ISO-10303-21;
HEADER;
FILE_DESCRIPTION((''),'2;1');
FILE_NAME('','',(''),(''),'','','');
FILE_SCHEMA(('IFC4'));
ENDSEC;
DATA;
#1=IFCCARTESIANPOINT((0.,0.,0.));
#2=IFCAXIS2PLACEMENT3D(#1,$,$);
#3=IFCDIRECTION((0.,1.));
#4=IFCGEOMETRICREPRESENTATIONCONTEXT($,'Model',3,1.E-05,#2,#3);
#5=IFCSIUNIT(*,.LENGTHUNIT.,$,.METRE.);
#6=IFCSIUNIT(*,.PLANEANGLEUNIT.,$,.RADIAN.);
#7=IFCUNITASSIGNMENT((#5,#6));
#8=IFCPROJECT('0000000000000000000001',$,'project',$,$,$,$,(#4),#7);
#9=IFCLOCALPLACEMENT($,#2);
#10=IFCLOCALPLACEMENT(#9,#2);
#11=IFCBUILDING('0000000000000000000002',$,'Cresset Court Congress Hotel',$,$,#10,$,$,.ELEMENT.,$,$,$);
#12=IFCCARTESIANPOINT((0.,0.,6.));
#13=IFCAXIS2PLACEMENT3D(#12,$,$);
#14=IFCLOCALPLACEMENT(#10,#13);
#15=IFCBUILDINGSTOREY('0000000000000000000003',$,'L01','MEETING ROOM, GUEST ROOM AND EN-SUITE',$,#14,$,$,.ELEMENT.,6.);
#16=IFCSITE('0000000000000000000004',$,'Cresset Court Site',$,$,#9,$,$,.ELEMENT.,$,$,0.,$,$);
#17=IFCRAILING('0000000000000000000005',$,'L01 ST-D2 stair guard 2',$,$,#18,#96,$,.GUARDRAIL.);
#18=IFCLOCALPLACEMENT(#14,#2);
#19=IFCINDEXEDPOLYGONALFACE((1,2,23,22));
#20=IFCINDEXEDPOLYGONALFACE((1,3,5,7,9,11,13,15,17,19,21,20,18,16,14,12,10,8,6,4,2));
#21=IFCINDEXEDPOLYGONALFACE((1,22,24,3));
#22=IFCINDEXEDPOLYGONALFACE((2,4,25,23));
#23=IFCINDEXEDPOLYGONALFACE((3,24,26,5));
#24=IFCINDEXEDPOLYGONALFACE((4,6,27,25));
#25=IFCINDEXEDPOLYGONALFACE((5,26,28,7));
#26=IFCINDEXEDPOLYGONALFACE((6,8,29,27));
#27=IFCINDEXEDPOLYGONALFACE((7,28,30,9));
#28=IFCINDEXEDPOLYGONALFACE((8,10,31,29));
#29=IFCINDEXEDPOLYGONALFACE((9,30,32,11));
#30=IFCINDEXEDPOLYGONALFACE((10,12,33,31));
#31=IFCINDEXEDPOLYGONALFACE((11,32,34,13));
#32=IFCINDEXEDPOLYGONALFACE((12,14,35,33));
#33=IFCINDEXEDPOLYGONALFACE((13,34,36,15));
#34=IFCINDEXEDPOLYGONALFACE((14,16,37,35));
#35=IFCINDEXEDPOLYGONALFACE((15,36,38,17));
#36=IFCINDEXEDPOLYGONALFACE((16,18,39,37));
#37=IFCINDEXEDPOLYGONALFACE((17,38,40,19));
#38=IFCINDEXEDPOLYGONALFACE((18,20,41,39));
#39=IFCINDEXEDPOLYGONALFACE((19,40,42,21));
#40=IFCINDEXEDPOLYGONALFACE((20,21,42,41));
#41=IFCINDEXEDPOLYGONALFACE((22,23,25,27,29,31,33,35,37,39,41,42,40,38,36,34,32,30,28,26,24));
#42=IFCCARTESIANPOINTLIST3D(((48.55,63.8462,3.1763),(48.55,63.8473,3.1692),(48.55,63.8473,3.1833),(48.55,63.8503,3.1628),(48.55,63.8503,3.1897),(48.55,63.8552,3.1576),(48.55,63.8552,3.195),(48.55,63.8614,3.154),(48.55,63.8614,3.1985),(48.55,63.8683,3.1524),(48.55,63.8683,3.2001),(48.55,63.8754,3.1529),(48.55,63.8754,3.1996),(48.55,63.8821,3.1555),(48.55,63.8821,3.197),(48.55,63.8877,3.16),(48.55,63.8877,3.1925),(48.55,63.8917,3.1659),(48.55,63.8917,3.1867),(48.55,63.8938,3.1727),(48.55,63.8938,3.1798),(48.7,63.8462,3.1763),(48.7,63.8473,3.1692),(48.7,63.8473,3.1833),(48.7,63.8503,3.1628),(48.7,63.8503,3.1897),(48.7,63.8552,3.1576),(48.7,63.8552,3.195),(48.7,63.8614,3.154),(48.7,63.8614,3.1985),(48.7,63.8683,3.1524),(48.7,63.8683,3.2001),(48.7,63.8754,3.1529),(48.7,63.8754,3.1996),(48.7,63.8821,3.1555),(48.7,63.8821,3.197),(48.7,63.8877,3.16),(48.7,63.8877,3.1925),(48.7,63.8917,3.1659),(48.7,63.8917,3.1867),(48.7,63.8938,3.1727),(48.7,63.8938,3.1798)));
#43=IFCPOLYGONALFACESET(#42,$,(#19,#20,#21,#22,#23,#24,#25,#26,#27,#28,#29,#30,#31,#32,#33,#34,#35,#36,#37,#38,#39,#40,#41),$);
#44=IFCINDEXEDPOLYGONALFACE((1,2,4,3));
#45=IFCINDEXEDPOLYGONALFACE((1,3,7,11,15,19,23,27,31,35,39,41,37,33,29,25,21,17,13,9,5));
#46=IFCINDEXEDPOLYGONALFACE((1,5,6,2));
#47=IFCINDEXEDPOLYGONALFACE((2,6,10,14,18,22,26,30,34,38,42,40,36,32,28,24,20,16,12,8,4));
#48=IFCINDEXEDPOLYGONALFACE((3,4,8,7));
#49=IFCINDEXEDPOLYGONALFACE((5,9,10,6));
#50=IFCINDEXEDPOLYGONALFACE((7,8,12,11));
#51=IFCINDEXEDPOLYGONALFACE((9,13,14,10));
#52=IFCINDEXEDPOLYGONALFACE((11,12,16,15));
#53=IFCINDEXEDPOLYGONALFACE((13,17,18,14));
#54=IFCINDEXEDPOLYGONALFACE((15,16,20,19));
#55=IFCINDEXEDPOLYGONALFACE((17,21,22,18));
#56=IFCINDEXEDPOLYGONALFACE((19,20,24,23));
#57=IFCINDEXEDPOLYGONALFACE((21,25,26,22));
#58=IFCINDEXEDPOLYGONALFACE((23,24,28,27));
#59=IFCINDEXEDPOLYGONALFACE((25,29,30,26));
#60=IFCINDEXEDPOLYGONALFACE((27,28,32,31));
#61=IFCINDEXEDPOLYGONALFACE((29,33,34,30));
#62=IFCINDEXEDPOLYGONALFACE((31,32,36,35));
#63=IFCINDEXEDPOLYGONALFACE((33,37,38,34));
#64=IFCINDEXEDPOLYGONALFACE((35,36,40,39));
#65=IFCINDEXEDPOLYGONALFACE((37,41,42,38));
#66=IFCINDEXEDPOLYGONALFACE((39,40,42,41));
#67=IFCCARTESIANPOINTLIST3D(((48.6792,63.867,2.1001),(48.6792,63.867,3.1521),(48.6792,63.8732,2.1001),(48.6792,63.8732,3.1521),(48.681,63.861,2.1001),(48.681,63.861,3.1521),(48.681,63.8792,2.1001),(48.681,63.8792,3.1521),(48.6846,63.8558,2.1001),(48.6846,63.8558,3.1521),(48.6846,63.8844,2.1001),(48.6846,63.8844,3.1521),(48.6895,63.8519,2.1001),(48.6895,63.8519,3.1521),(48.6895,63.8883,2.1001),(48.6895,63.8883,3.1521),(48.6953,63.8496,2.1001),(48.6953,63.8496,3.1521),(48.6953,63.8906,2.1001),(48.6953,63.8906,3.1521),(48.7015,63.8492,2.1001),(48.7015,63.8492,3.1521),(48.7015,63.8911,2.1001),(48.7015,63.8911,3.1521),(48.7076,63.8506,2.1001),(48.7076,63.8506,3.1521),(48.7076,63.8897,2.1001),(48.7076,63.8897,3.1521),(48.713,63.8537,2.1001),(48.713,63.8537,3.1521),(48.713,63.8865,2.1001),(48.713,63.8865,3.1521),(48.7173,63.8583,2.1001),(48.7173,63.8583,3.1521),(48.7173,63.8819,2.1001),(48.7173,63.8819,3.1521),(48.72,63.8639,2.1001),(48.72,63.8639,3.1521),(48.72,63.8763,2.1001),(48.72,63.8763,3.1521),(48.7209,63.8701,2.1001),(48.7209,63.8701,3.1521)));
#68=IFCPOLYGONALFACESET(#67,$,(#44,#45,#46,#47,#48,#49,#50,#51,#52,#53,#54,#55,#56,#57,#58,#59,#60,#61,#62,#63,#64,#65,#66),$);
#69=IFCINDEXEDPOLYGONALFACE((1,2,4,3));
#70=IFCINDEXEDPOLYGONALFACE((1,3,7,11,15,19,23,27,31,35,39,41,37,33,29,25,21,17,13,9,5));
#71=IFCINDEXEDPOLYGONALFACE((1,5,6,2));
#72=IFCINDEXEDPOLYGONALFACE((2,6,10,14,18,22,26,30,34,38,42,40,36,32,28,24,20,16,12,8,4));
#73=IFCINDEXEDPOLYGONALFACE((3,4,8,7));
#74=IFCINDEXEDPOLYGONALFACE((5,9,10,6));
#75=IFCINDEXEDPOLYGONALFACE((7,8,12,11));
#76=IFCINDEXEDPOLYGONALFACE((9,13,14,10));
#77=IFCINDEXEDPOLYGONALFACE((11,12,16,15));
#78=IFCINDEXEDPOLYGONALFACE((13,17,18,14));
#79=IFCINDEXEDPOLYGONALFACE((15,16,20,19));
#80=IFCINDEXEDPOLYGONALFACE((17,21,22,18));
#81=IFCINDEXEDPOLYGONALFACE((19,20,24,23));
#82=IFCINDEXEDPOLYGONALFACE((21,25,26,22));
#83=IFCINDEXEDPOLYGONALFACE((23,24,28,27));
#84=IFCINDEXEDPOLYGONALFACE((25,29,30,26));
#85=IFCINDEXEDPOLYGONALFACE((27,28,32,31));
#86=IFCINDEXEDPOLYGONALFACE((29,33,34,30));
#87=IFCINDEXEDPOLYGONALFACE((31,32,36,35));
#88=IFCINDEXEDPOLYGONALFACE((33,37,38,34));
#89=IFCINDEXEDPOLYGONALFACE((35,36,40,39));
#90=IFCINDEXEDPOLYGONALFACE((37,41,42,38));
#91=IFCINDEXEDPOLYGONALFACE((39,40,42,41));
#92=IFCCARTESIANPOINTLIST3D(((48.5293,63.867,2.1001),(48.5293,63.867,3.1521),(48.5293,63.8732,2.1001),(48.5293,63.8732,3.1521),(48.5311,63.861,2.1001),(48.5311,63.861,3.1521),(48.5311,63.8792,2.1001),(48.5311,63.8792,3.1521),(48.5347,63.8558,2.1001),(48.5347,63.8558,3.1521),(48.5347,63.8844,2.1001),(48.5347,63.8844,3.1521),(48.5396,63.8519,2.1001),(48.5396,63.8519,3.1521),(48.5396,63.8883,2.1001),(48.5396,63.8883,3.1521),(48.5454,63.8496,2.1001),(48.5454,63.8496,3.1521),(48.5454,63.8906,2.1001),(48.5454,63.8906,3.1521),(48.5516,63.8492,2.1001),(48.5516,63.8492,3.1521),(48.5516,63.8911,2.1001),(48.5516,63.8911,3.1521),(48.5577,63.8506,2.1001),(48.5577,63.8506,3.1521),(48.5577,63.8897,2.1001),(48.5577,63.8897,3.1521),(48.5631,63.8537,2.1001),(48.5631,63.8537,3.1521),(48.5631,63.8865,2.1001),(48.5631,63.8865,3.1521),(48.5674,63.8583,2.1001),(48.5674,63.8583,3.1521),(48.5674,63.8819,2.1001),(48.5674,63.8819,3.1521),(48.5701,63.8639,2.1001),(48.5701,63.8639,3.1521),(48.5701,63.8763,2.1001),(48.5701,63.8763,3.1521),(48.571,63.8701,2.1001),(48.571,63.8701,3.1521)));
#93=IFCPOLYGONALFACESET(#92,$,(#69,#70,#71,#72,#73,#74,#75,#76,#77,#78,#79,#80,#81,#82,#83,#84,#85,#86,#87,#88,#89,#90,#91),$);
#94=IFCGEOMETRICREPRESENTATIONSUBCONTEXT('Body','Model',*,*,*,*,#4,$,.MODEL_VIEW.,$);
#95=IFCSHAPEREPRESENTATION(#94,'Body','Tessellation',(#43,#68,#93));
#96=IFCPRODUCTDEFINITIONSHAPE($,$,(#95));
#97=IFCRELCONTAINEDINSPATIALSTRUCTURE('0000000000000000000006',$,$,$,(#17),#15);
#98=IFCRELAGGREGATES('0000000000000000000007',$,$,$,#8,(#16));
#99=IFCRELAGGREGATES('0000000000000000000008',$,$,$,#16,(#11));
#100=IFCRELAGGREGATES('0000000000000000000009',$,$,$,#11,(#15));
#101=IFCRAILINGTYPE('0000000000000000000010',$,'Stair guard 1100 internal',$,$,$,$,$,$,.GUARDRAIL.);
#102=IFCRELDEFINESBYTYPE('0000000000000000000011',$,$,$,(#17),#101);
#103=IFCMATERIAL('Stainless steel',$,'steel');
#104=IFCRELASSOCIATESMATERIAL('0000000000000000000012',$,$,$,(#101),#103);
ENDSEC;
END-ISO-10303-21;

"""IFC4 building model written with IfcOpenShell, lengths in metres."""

from ifc_helpers import new_model, si_unit, direction, frame, origin, origin_2d, place, context, subcontext, project, spatial, circle, extrude, material, type_object, element, save


model = new_model("IFC4")

# Units and contexts
model_context = context("Model", 3, precision=1e-05, world=origin(), true_north=direction((0.0, 1.0)))
body_context = subcontext(model_context, "Body", "Model", "MODEL_VIEW")
ifc_project = project(units=[si_unit("LENGTHUNIT", "METRE"), si_unit("PLANEANGLEUNIT", "RADIAN")], contexts=[model_context])

# Site, building, storey
site_placement = place(None, origin())
site = spatial("IfcSite", under=ifc_project, at=site_placement, Name="Cresset Court Site", CompositionType="ELEMENT", RefElevation=0.0)
building_placement = place(site_placement, origin())
building = spatial("IfcBuilding", under=site, at=building_placement, Name="Cresset Court Congress Hotel", CompositionType="ELEMENT")
storey_placement = place(building_placement, frame((0.0, 0.0, 6.0)))
storey = spatial("IfcBuildingStorey", under=building, at=storey_placement, Name="L01", Description="MEETING ROOM, GUEST ROOM AND EN-SUITE", CompositionType="ELEMENT", Elevation=6.0)

# Railing
ifc_material_1 = material(Name="Stainless steel", Category="steel")
railing_type_1 = type_object("IfcRailingType", Name="Stair guard 1100 internal", PredefinedType="GUARDRAIL", material=ifc_material_1)
railing_1_placement = place(storey_placement, frame((48.7, 63.8701, 2.1001)))
element("IfcRailing", 1, at=railing_1_placement, inside=storey, type_object=railing_type_1, Name="L01 ST-D2 stair guard 2", PredefinedType="GUARDRAIL", context=body_context, shape_type="SweptSolid", body=[
    extrude(circle(Radius=0.0239, at=origin_2d()), frame((0.0, 0.0, 1.0762), z_axis=(-1.0, 0.0, 0.0), x_axis=(0.0, -1.0, 0.0)), (0.0, 0.0, 1.0), 0.1499),
    extrude(circle(Radius=0.021, at=origin_2d()), origin(), (0.0, 0.0, 1.0), 1.052),
    extrude(circle(Radius=0.021, at=origin_2d()), frame((-0.1499, 0.0, 0.0)), (0.0, 0.0, 1.0), 1.052),
])

save(model, "model.ifc")
